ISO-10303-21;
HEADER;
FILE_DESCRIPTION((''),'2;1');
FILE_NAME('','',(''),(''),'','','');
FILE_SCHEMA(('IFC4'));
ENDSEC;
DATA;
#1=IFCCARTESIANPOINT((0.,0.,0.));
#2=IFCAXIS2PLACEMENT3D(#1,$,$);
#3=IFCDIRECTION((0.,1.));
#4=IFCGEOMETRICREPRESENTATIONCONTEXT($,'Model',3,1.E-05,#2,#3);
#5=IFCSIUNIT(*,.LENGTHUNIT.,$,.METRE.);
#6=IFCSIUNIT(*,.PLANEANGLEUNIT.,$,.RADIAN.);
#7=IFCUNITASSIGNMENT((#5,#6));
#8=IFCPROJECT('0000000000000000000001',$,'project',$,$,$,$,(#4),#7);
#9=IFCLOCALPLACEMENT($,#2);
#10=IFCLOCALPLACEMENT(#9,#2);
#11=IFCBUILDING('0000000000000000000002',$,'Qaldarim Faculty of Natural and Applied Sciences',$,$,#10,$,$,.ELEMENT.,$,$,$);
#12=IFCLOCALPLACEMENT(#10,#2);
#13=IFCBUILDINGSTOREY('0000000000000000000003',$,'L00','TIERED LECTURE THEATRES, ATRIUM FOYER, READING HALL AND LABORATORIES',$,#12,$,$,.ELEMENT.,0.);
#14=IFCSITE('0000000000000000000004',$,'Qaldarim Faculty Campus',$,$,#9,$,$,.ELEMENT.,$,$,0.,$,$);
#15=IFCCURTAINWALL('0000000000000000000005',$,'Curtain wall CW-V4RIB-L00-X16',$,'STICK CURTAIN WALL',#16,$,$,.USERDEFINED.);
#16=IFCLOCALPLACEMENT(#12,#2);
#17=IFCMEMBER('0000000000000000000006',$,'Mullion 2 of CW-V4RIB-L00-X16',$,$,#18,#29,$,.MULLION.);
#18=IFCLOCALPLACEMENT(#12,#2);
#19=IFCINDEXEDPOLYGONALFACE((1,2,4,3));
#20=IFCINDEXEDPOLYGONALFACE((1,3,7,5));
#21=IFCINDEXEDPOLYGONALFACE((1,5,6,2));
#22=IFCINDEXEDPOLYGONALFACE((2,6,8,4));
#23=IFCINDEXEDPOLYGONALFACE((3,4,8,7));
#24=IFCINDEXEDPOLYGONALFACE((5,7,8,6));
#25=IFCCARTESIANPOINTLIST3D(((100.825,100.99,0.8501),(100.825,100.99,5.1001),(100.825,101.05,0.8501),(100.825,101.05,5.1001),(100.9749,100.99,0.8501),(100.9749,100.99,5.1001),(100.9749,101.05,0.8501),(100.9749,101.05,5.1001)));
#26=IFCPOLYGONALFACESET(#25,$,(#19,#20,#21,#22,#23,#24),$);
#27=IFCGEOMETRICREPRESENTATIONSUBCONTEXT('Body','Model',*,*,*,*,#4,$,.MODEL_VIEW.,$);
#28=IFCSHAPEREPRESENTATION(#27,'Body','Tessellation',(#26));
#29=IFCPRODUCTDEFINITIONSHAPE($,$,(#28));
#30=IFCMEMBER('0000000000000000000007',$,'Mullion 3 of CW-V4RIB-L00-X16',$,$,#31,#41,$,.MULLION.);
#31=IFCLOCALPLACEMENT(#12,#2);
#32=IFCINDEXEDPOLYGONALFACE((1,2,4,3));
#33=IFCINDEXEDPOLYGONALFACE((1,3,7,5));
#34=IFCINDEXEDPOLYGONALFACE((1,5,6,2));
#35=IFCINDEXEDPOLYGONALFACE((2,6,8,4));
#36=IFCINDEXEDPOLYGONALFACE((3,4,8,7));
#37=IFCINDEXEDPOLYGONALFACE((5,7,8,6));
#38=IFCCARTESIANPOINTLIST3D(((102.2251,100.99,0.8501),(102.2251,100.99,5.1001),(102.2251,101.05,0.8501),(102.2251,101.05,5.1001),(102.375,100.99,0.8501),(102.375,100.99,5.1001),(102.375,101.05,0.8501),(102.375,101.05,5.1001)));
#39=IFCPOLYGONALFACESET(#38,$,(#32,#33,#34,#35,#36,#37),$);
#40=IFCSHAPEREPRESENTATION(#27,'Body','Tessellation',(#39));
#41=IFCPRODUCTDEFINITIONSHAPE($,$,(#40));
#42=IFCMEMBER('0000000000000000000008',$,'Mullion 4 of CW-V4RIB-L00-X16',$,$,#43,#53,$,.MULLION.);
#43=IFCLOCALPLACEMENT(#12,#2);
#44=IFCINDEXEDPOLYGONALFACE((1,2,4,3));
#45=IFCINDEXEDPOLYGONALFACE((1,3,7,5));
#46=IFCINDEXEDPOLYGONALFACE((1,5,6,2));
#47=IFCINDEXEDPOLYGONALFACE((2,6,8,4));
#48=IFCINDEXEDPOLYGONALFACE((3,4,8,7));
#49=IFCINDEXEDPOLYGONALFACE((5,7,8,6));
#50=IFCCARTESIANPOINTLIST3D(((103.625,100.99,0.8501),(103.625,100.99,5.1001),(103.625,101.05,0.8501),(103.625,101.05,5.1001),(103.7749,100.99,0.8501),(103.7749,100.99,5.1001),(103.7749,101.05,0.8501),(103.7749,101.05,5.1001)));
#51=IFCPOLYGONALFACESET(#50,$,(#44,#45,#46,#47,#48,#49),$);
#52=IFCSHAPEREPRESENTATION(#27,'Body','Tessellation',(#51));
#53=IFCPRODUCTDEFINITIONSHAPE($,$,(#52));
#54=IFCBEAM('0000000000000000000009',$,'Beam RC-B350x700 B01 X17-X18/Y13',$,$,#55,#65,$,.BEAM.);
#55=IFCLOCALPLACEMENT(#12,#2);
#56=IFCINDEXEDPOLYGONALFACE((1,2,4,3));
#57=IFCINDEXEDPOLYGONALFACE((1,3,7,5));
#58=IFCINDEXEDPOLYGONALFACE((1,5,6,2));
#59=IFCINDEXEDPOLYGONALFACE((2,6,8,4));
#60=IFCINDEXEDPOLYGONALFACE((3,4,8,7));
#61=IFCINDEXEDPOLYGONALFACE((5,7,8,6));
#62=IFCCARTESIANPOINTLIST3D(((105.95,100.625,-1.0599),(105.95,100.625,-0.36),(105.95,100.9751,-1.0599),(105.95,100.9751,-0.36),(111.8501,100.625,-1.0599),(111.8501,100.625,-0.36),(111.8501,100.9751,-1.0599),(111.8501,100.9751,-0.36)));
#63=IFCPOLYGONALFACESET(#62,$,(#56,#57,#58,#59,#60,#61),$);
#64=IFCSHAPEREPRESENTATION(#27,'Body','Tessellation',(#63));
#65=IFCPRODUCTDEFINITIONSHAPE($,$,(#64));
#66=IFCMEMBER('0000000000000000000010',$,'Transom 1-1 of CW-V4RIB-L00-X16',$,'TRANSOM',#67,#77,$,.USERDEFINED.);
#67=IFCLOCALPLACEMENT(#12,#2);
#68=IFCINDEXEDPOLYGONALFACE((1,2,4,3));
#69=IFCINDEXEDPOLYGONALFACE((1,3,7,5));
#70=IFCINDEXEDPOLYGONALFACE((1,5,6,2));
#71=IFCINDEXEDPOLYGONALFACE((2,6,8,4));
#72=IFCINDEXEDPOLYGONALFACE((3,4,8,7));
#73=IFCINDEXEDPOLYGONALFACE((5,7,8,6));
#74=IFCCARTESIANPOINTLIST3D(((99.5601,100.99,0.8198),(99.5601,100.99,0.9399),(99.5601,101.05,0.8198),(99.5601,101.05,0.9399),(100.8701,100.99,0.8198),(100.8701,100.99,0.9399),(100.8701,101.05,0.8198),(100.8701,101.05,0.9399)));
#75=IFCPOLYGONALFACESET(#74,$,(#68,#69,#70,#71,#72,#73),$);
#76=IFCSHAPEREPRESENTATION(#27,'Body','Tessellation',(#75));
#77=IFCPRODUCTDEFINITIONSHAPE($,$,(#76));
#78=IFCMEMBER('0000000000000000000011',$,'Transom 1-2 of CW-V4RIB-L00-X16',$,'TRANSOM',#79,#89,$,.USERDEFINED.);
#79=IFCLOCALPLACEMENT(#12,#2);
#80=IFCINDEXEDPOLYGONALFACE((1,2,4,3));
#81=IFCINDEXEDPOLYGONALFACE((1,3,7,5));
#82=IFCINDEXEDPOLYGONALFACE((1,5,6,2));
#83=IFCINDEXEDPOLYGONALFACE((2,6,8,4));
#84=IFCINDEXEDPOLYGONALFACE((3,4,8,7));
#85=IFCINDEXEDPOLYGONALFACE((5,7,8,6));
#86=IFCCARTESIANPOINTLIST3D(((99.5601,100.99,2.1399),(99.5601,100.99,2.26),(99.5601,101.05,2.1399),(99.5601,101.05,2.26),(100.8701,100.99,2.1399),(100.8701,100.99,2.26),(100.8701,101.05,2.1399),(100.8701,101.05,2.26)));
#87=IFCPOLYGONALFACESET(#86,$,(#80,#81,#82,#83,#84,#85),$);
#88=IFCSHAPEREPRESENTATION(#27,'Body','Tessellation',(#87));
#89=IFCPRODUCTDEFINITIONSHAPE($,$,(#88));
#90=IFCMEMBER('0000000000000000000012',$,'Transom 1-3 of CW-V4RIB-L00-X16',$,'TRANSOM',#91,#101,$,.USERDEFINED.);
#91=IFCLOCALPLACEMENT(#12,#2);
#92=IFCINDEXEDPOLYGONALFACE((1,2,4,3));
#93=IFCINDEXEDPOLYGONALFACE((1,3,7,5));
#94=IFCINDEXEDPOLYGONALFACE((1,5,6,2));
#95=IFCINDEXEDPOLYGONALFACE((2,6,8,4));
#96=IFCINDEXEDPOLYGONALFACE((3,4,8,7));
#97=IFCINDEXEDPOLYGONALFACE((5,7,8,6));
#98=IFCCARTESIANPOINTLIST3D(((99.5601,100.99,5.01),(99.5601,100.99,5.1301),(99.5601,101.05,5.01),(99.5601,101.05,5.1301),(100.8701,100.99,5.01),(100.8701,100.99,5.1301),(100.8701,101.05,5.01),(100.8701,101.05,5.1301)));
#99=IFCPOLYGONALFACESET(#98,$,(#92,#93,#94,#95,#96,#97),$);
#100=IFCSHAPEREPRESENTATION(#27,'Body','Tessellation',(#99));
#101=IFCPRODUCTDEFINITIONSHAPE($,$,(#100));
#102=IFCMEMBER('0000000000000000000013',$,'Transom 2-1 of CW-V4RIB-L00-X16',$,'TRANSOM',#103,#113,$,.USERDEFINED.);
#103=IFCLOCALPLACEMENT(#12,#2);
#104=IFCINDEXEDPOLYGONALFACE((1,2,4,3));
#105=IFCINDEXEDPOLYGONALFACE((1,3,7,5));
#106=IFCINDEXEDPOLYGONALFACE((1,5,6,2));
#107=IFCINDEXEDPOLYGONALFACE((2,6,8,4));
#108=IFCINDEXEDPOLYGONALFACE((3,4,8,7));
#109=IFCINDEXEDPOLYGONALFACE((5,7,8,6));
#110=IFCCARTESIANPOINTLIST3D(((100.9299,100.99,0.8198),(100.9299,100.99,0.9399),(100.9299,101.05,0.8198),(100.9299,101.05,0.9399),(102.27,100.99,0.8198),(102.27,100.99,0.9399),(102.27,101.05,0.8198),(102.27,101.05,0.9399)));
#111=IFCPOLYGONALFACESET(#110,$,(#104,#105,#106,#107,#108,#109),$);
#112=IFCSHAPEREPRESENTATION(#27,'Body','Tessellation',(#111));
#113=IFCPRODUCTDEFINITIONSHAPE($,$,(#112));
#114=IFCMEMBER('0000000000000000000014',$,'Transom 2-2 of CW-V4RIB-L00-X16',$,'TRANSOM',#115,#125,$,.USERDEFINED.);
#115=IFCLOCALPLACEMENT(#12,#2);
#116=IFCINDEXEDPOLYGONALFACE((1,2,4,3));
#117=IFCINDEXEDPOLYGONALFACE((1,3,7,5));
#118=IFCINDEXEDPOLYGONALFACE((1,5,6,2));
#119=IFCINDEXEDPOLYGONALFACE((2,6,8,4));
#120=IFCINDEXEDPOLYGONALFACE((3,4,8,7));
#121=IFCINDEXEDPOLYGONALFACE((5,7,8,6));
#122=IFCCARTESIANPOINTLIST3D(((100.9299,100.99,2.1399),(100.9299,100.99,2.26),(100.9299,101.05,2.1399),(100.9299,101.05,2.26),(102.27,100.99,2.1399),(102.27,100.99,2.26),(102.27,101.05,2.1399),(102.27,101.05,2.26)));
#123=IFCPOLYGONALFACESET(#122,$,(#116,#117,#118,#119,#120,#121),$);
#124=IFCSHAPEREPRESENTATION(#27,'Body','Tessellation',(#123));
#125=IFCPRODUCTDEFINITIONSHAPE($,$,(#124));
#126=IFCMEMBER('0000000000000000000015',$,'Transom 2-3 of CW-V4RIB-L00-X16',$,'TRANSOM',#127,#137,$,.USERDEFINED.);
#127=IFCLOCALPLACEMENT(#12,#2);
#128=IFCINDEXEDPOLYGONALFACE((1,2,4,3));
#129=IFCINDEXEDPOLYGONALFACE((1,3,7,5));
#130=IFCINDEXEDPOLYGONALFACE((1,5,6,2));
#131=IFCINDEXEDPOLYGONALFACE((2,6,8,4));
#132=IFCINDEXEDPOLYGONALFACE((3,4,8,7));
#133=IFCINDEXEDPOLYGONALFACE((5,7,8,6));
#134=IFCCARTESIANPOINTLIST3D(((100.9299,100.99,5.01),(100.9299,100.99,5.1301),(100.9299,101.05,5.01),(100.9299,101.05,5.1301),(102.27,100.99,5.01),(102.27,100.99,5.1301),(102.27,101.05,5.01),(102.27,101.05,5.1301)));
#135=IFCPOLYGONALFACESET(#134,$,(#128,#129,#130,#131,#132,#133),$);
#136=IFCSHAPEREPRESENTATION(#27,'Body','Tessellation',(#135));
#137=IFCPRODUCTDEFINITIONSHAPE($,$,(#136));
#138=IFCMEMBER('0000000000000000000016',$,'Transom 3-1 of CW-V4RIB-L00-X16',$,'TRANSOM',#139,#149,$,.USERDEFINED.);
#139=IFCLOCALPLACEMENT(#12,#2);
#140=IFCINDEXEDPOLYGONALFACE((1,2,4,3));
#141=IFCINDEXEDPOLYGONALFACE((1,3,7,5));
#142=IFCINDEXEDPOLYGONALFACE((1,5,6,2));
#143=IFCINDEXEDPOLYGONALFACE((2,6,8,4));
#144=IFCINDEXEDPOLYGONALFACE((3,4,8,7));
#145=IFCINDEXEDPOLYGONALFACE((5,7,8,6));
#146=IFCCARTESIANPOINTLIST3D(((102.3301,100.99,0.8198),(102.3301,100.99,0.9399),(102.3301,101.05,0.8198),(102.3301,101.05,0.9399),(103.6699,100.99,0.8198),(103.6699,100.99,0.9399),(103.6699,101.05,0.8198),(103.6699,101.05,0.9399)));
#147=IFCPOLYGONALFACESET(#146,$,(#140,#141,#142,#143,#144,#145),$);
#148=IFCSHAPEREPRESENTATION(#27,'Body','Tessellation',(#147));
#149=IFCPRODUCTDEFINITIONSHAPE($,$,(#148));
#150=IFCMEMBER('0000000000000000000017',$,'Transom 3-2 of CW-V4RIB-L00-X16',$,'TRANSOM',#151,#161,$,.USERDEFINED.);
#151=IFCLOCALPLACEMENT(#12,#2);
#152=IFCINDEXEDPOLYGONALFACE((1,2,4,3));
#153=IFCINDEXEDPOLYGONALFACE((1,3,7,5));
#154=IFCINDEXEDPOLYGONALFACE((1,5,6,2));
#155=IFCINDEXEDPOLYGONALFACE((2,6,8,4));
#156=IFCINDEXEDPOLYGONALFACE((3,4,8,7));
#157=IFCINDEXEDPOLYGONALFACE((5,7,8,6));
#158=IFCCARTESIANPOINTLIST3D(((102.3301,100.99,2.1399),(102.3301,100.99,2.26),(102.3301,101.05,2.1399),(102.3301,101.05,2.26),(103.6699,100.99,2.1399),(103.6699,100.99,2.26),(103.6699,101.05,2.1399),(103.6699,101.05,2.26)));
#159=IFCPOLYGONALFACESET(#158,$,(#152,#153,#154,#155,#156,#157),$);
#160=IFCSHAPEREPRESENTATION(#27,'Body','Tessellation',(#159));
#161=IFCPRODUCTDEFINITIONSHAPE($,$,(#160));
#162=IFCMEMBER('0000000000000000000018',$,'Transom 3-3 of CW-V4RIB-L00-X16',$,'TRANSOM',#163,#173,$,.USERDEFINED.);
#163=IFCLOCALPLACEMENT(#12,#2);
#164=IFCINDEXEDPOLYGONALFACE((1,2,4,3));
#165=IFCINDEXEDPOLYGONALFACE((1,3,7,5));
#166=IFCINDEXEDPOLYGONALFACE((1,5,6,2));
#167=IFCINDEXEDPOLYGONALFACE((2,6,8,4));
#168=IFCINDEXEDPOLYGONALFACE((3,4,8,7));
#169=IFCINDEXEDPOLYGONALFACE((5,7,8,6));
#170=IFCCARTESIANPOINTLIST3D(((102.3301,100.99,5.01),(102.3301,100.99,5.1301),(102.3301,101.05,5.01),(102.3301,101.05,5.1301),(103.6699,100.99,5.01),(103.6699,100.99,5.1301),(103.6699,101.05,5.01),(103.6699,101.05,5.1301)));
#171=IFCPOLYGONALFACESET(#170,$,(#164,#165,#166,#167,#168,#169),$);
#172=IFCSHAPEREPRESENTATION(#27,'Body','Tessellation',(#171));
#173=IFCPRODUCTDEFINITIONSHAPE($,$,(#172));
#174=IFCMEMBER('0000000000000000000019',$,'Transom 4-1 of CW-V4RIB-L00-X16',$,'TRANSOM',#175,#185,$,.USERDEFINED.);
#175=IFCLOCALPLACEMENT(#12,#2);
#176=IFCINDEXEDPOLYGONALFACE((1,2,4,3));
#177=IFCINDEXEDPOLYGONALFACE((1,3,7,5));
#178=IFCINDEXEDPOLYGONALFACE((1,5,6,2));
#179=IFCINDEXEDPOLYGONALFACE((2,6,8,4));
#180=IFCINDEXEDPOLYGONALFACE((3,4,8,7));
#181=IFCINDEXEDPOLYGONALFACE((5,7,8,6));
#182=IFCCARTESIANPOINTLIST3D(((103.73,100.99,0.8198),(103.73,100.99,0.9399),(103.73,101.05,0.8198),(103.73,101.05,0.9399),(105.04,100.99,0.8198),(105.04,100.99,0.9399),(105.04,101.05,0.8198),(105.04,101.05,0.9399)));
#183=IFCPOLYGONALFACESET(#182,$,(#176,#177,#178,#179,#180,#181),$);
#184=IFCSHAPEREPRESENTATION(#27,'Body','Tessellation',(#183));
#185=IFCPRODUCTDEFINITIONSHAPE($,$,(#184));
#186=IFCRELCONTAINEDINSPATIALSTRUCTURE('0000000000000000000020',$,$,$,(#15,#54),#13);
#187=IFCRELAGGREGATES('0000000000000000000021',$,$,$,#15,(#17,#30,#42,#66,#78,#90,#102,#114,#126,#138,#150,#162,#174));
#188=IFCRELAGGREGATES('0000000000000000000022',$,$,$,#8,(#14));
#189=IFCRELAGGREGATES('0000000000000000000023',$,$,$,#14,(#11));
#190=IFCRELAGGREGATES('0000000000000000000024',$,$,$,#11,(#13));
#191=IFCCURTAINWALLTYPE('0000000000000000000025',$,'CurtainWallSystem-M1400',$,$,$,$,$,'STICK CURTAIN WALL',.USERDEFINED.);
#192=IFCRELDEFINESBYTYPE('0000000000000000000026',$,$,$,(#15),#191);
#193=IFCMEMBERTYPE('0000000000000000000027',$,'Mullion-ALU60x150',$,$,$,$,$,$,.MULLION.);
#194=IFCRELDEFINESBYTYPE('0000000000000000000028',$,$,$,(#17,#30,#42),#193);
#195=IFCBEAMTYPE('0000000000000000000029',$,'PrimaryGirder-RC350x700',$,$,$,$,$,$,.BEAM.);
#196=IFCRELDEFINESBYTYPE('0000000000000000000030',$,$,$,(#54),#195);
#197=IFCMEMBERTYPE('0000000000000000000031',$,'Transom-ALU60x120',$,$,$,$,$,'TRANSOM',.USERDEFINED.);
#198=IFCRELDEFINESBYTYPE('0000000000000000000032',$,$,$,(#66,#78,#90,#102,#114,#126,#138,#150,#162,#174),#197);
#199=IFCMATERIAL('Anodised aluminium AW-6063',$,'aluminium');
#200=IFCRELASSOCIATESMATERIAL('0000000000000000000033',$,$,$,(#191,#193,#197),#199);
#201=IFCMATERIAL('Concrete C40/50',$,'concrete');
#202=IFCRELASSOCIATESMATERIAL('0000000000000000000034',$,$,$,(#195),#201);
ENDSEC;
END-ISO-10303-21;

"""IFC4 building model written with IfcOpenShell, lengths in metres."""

from ifc_helpers import new_model, si_unit, direction, frame, origin, origin_2d, place, context, subcontext, project, spatial, rectangle, extrude, material, material_profile, profile_set, type_object, element, aggregate, save


model = new_model("IFC4")

# Units and contexts
model_context = context("Model", 3, precision=1e-05, world=origin(), true_north=direction((0.0, 1.0)))
body_context = subcontext(model_context, "Body", "Model", "MODEL_VIEW")
ifc_project = project(units=[si_unit("LENGTHUNIT", "METRE"), si_unit("PLANEANGLEUNIT", "RADIAN")], contexts=[model_context])

# Site, building, storey
site_placement = place(None, origin())
site = spatial("IfcSite", under=ifc_project, at=site_placement, Name="Qaldarim Faculty Campus", CompositionType="ELEMENT", RefElevation=0.0)
building_placement = place(site_placement, origin())
building = spatial("IfcBuilding", under=site, at=building_placement, Name="Qaldarim Faculty of Natural and Applied Sciences", CompositionType="ELEMENT")
storey_placement = place(building_placement, origin())
storey = spatial("IfcBuildingStorey", under=building, at=storey_placement, Name="L00", Description="TIERED LECTURE THEATRES, ATRIUM FOYER, READING HALL AND LABORATORIES", CompositionType="ELEMENT", Elevation=0.0)

# Shared definitions
ifc_material_1 = material(Name="Concrete C40/50", Category="concrete")

# Curtain wall, members
ifc_material_2 = material(Name="Anodised aluminium AW-6063", Category="aluminium")
curtain_wall_type = type_object("IfcCurtainWallType", Name="CurtainWallSystem-M1400", ElementType="STICK CURTAIN WALL", PredefinedType="USERDEFINED", material=ifc_material_2)
curtain_wall_placement = place(storey_placement, origin())
curtain_wall = element("IfcCurtainWall", 1, at=curtain_wall_placement, inside=storey, type_object=curtain_wall_type, Name="Curtain wall CW-V4RIB-L00-X16", ObjectType="STICK CURTAIN WALL", PredefinedType="USERDEFINED")
ifc_material_profile_1 = material_profile(ifc_material_2, rectangle(XDim=0.0601, YDim=0.1499, at=origin_2d()), Name="ALU-M60x150")
ifc_profile_set_1 = profile_set([ifc_material_profile_1], Name="Anodised aluminium AW-6063")
member_type_1 = type_object("IfcMemberType", Name="Mullion-ALU60x150", PredefinedType="MULLION", material=ifc_profile_set_1)
member_1_placement = place(storey_placement, frame((100.8999, 101.02, 0.8501), z_axis=(0.0, 0.0, 1.0), x_axis=(0.0, 1.0, 0.0)))
member_1 = element("IfcMember", 2, at=member_1_placement, type_object=member_type_1, Name="Mullion 2 of CW-V4RIB-L00-X16", PredefinedType="MULLION", context=body_context, shape_type="SweptSolid", body=[
    extrude(rectangle(XDim=0.0601, YDim=0.1499, at=origin_2d()), origin(), (0.0, 0.0, 1.0), 4.25),
])
member_2_placement = place(storey_placement, frame((102.3, 101.02, 0.8501), z_axis=(0.0, 0.0, 1.0), x_axis=(0.0, 1.0, 0.0)))
member_2 = element("IfcMember", 3, at=member_2_placement, type_object=member_type_1, Name="Mullion 3 of CW-V4RIB-L00-X16", PredefinedType="MULLION", context=body_context, shape_type="SweptSolid", body=[
    extrude(rectangle(XDim=0.0601, YDim=0.1499, at=origin_2d()), origin(), (0.0, 0.0, 1.0), 4.25),
])
member_3_placement = place(storey_placement, frame((103.7, 101.02, 0.8501), z_axis=(0.0, 0.0, 1.0), x_axis=(0.0, 1.0, 0.0)))
member_3 = element("IfcMember", 4, at=member_3_placement, type_object=member_type_1, Name="Mullion 4 of CW-V4RIB-L00-X16", PredefinedType="MULLION", context=body_context, shape_type="SweptSolid", body=[
    extrude(rectangle(XDim=0.0601, YDim=0.1499, at=origin_2d()), origin(), (0.0, 0.0, 1.0), 4.25),
])

# Beam
ifc_material_profile_2 = material_profile(ifc_material_1, rectangle(XDim=0.3501, YDim=0.7, at=origin_2d()), Name="RC-B350x700")
ifc_profile_set_2 = profile_set([ifc_material_profile_2], Name="Concrete C40/50")
beam_type_1 = type_object("IfcBeamType", Name="PrimaryGirder-RC350x700", PredefinedType="BEAM", material=ifc_profile_set_2)
beam_placement = place(storey_placement, frame((105.95, 100.8, -0.71), z_axis=(1.0, 0.0, 0.0), x_axis=(0.0, 1.0, 0.0)))
element("IfcBeam", 5, at=beam_placement, inside=storey, type_object=beam_type_1, Name="Beam RC-B350x700 B01 X17-X18/Y13", PredefinedType="BEAM", context=body_context, shape_type="SweptSolid", body=[
    extrude(rectangle(XDim=0.3501, YDim=0.7, at=origin_2d()), origin(), (0.0, 0.0, 1.0), 5.9001),
])

# Members
ifc_material_profile_3 = material_profile(ifc_material_2, rectangle(XDim=0.0601, YDim=0.1201, at=origin_2d()), Name="ALU-T60x120")
ifc_profile_set_3 = profile_set([ifc_material_profile_3], Name="Anodised aluminium AW-6063")
member_type_2 = type_object("IfcMemberType", Name="Transom-ALU60x120", ElementType="TRANSOM", PredefinedType="USERDEFINED", material=ifc_profile_set_3)
member_4_placement = place(storey_placement, frame((99.5601, 101.02, 0.8799), z_axis=(1.0, 0.0, 0.0), x_axis=(0.0, 1.0, 0.0)))
member_4 = element("IfcMember", 6, at=member_4_placement, type_object=member_type_2, Name="Transom 1-1 of CW-V4RIB-L00-X16", ObjectType="TRANSOM", PredefinedType="USERDEFINED", context=body_context, shape_type="SweptSolid", body=[
    extrude(rectangle(XDim=0.0601, YDim=0.1201, at=origin_2d()), origin(), (0.0, 0.0, 1.0), 1.3101),
])
member_5_placement = place(storey_placement, frame((99.5601, 101.02, 2.2), z_axis=(1.0, 0.0, 0.0), x_axis=(0.0, 1.0, 0.0)))
member_5 = element("IfcMember", 7, at=member_5_placement, type_object=member_type_2, Name="Transom 1-2 of CW-V4RIB-L00-X16", ObjectType="TRANSOM", PredefinedType="USERDEFINED", context=body_context, shape_type="SweptSolid", body=[
    extrude(rectangle(XDim=0.0601, YDim=0.1201, at=origin_2d()), origin(), (0.0, 0.0, 1.0), 1.3101),
])
member_6_placement = place(storey_placement, frame((99.5601, 101.02, 5.0701), z_axis=(1.0, 0.0, 0.0), x_axis=(0.0, 1.0, 0.0)))
member_6 = element("IfcMember", 8, at=member_6_placement, type_object=member_type_2, Name="Transom 1-3 of CW-V4RIB-L00-X16", ObjectType="TRANSOM", PredefinedType="USERDEFINED", context=body_context, shape_type="SweptSolid", body=[
    extrude(rectangle(XDim=0.0601, YDim=0.1201, at=origin_2d()), origin(), (0.0, 0.0, 1.0), 1.3101),
])
member_7_placement = place(storey_placement, frame((100.9299, 101.02, 0.8799), z_axis=(1.0, 0.0, 0.0), x_axis=(0.0, 1.0, 0.0)))
member_7 = element("IfcMember", 9, at=member_7_placement, type_object=member_type_2, Name="Transom 2-1 of CW-V4RIB-L00-X16", ObjectType="TRANSOM", PredefinedType="USERDEFINED", context=body_context, shape_type="SweptSolid", body=[
    extrude(rectangle(XDim=0.0601, YDim=0.1201, at=origin_2d()), origin(), (0.0, 0.0, 1.0), 1.3401),
])
member_8_placement = place(storey_placement, frame((100.9299, 101.02, 2.2), z_axis=(1.0, 0.0, 0.0), x_axis=(0.0, 1.0, 0.0)))
member_8 = element("IfcMember", 10, at=member_8_placement, type_object=member_type_2, Name="Transom 2-2 of CW-V4RIB-L00-X16", ObjectType="TRANSOM", PredefinedType="USERDEFINED", context=body_context, shape_type="SweptSolid", body=[
    extrude(rectangle(XDim=0.0601, YDim=0.1201, at=origin_2d()), origin(), (0.0, 0.0, 1.0), 1.3401),
])
member_9_placement = place(storey_placement, frame((100.9299, 101.02, 5.0701), z_axis=(1.0, 0.0, 0.0), x_axis=(0.0, 1.0, 0.0)))
member_9 = element("IfcMember", 11, at=member_9_placement, type_object=member_type_2, Name="Transom 2-3 of CW-V4RIB-L00-X16", ObjectType="TRANSOM", PredefinedType="USERDEFINED", context=body_context, shape_type="SweptSolid", body=[
    extrude(rectangle(XDim=0.0601, YDim=0.1201, at=origin_2d()), origin(), (0.0, 0.0, 1.0), 1.3401),
])
member_10_placement = place(storey_placement, frame((102.3301, 101.02, 0.8799), z_axis=(1.0, 0.0, 0.0), x_axis=(0.0, 1.0, 0.0)))
member_10 = element("IfcMember", 12, at=member_10_placement, type_object=member_type_2, Name="Transom 3-1 of CW-V4RIB-L00-X16", ObjectType="TRANSOM", PredefinedType="USERDEFINED", context=body_context, shape_type="SweptSolid", body=[
    extrude(rectangle(XDim=0.0601, YDim=0.1201, at=origin_2d()), origin(), (0.0, 0.0, 1.0), 1.3398),
])
member_11_placement = place(storey_placement, frame((102.3301, 101.02, 2.2), z_axis=(1.0, 0.0, 0.0), x_axis=(0.0, 1.0, 0.0)))
member_11 = element("IfcMember", 13, at=member_11_placement, type_object=member_type_2, Name="Transom 3-2 of CW-V4RIB-L00-X16", ObjectType="TRANSOM", PredefinedType="USERDEFINED", context=body_context, shape_type="SweptSolid", body=[
    extrude(rectangle(XDim=0.0601, YDim=0.1201, at=origin_2d()), origin(), (0.0, 0.0, 1.0), 1.3398),
])
member_12_placement = place(storey_placement, frame((102.3301, 101.02, 5.0701), z_axis=(1.0, 0.0, 0.0), x_axis=(0.0, 1.0, 0.0)))
member_12 = element("IfcMember", 14, at=member_12_placement, type_object=member_type_2, Name="Transom 3-3 of CW-V4RIB-L00-X16", ObjectType="TRANSOM", PredefinedType="USERDEFINED", context=body_context, shape_type="SweptSolid", body=[
    extrude(rectangle(XDim=0.0601, YDim=0.1201, at=origin_2d()), origin(), (0.0, 0.0, 1.0), 1.3398),
])
member_13_placement = place(storey_placement, frame((103.73, 101.02, 0.8799), z_axis=(1.0, 0.0, 0.0), x_axis=(0.0, 1.0, 0.0)))
member_13 = element("IfcMember", 15, at=member_13_placement, type_object=member_type_2, Name="Transom 4-1 of CW-V4RIB-L00-X16", ObjectType="TRANSOM", PredefinedType="USERDEFINED", context=body_context, shape_type="SweptSolid", body=[
    extrude(rectangle(XDim=0.0601, YDim=0.1201, at=origin_2d()), origin(), (0.0, 0.0, 1.0), 1.3101),
])

aggregate(curtain_wall, [member_1, member_2, member_3, member_4, member_5, member_6, member_7, member_8, member_9, member_10, member_11, member_12, member_13])

save(model, "model.ifc")
